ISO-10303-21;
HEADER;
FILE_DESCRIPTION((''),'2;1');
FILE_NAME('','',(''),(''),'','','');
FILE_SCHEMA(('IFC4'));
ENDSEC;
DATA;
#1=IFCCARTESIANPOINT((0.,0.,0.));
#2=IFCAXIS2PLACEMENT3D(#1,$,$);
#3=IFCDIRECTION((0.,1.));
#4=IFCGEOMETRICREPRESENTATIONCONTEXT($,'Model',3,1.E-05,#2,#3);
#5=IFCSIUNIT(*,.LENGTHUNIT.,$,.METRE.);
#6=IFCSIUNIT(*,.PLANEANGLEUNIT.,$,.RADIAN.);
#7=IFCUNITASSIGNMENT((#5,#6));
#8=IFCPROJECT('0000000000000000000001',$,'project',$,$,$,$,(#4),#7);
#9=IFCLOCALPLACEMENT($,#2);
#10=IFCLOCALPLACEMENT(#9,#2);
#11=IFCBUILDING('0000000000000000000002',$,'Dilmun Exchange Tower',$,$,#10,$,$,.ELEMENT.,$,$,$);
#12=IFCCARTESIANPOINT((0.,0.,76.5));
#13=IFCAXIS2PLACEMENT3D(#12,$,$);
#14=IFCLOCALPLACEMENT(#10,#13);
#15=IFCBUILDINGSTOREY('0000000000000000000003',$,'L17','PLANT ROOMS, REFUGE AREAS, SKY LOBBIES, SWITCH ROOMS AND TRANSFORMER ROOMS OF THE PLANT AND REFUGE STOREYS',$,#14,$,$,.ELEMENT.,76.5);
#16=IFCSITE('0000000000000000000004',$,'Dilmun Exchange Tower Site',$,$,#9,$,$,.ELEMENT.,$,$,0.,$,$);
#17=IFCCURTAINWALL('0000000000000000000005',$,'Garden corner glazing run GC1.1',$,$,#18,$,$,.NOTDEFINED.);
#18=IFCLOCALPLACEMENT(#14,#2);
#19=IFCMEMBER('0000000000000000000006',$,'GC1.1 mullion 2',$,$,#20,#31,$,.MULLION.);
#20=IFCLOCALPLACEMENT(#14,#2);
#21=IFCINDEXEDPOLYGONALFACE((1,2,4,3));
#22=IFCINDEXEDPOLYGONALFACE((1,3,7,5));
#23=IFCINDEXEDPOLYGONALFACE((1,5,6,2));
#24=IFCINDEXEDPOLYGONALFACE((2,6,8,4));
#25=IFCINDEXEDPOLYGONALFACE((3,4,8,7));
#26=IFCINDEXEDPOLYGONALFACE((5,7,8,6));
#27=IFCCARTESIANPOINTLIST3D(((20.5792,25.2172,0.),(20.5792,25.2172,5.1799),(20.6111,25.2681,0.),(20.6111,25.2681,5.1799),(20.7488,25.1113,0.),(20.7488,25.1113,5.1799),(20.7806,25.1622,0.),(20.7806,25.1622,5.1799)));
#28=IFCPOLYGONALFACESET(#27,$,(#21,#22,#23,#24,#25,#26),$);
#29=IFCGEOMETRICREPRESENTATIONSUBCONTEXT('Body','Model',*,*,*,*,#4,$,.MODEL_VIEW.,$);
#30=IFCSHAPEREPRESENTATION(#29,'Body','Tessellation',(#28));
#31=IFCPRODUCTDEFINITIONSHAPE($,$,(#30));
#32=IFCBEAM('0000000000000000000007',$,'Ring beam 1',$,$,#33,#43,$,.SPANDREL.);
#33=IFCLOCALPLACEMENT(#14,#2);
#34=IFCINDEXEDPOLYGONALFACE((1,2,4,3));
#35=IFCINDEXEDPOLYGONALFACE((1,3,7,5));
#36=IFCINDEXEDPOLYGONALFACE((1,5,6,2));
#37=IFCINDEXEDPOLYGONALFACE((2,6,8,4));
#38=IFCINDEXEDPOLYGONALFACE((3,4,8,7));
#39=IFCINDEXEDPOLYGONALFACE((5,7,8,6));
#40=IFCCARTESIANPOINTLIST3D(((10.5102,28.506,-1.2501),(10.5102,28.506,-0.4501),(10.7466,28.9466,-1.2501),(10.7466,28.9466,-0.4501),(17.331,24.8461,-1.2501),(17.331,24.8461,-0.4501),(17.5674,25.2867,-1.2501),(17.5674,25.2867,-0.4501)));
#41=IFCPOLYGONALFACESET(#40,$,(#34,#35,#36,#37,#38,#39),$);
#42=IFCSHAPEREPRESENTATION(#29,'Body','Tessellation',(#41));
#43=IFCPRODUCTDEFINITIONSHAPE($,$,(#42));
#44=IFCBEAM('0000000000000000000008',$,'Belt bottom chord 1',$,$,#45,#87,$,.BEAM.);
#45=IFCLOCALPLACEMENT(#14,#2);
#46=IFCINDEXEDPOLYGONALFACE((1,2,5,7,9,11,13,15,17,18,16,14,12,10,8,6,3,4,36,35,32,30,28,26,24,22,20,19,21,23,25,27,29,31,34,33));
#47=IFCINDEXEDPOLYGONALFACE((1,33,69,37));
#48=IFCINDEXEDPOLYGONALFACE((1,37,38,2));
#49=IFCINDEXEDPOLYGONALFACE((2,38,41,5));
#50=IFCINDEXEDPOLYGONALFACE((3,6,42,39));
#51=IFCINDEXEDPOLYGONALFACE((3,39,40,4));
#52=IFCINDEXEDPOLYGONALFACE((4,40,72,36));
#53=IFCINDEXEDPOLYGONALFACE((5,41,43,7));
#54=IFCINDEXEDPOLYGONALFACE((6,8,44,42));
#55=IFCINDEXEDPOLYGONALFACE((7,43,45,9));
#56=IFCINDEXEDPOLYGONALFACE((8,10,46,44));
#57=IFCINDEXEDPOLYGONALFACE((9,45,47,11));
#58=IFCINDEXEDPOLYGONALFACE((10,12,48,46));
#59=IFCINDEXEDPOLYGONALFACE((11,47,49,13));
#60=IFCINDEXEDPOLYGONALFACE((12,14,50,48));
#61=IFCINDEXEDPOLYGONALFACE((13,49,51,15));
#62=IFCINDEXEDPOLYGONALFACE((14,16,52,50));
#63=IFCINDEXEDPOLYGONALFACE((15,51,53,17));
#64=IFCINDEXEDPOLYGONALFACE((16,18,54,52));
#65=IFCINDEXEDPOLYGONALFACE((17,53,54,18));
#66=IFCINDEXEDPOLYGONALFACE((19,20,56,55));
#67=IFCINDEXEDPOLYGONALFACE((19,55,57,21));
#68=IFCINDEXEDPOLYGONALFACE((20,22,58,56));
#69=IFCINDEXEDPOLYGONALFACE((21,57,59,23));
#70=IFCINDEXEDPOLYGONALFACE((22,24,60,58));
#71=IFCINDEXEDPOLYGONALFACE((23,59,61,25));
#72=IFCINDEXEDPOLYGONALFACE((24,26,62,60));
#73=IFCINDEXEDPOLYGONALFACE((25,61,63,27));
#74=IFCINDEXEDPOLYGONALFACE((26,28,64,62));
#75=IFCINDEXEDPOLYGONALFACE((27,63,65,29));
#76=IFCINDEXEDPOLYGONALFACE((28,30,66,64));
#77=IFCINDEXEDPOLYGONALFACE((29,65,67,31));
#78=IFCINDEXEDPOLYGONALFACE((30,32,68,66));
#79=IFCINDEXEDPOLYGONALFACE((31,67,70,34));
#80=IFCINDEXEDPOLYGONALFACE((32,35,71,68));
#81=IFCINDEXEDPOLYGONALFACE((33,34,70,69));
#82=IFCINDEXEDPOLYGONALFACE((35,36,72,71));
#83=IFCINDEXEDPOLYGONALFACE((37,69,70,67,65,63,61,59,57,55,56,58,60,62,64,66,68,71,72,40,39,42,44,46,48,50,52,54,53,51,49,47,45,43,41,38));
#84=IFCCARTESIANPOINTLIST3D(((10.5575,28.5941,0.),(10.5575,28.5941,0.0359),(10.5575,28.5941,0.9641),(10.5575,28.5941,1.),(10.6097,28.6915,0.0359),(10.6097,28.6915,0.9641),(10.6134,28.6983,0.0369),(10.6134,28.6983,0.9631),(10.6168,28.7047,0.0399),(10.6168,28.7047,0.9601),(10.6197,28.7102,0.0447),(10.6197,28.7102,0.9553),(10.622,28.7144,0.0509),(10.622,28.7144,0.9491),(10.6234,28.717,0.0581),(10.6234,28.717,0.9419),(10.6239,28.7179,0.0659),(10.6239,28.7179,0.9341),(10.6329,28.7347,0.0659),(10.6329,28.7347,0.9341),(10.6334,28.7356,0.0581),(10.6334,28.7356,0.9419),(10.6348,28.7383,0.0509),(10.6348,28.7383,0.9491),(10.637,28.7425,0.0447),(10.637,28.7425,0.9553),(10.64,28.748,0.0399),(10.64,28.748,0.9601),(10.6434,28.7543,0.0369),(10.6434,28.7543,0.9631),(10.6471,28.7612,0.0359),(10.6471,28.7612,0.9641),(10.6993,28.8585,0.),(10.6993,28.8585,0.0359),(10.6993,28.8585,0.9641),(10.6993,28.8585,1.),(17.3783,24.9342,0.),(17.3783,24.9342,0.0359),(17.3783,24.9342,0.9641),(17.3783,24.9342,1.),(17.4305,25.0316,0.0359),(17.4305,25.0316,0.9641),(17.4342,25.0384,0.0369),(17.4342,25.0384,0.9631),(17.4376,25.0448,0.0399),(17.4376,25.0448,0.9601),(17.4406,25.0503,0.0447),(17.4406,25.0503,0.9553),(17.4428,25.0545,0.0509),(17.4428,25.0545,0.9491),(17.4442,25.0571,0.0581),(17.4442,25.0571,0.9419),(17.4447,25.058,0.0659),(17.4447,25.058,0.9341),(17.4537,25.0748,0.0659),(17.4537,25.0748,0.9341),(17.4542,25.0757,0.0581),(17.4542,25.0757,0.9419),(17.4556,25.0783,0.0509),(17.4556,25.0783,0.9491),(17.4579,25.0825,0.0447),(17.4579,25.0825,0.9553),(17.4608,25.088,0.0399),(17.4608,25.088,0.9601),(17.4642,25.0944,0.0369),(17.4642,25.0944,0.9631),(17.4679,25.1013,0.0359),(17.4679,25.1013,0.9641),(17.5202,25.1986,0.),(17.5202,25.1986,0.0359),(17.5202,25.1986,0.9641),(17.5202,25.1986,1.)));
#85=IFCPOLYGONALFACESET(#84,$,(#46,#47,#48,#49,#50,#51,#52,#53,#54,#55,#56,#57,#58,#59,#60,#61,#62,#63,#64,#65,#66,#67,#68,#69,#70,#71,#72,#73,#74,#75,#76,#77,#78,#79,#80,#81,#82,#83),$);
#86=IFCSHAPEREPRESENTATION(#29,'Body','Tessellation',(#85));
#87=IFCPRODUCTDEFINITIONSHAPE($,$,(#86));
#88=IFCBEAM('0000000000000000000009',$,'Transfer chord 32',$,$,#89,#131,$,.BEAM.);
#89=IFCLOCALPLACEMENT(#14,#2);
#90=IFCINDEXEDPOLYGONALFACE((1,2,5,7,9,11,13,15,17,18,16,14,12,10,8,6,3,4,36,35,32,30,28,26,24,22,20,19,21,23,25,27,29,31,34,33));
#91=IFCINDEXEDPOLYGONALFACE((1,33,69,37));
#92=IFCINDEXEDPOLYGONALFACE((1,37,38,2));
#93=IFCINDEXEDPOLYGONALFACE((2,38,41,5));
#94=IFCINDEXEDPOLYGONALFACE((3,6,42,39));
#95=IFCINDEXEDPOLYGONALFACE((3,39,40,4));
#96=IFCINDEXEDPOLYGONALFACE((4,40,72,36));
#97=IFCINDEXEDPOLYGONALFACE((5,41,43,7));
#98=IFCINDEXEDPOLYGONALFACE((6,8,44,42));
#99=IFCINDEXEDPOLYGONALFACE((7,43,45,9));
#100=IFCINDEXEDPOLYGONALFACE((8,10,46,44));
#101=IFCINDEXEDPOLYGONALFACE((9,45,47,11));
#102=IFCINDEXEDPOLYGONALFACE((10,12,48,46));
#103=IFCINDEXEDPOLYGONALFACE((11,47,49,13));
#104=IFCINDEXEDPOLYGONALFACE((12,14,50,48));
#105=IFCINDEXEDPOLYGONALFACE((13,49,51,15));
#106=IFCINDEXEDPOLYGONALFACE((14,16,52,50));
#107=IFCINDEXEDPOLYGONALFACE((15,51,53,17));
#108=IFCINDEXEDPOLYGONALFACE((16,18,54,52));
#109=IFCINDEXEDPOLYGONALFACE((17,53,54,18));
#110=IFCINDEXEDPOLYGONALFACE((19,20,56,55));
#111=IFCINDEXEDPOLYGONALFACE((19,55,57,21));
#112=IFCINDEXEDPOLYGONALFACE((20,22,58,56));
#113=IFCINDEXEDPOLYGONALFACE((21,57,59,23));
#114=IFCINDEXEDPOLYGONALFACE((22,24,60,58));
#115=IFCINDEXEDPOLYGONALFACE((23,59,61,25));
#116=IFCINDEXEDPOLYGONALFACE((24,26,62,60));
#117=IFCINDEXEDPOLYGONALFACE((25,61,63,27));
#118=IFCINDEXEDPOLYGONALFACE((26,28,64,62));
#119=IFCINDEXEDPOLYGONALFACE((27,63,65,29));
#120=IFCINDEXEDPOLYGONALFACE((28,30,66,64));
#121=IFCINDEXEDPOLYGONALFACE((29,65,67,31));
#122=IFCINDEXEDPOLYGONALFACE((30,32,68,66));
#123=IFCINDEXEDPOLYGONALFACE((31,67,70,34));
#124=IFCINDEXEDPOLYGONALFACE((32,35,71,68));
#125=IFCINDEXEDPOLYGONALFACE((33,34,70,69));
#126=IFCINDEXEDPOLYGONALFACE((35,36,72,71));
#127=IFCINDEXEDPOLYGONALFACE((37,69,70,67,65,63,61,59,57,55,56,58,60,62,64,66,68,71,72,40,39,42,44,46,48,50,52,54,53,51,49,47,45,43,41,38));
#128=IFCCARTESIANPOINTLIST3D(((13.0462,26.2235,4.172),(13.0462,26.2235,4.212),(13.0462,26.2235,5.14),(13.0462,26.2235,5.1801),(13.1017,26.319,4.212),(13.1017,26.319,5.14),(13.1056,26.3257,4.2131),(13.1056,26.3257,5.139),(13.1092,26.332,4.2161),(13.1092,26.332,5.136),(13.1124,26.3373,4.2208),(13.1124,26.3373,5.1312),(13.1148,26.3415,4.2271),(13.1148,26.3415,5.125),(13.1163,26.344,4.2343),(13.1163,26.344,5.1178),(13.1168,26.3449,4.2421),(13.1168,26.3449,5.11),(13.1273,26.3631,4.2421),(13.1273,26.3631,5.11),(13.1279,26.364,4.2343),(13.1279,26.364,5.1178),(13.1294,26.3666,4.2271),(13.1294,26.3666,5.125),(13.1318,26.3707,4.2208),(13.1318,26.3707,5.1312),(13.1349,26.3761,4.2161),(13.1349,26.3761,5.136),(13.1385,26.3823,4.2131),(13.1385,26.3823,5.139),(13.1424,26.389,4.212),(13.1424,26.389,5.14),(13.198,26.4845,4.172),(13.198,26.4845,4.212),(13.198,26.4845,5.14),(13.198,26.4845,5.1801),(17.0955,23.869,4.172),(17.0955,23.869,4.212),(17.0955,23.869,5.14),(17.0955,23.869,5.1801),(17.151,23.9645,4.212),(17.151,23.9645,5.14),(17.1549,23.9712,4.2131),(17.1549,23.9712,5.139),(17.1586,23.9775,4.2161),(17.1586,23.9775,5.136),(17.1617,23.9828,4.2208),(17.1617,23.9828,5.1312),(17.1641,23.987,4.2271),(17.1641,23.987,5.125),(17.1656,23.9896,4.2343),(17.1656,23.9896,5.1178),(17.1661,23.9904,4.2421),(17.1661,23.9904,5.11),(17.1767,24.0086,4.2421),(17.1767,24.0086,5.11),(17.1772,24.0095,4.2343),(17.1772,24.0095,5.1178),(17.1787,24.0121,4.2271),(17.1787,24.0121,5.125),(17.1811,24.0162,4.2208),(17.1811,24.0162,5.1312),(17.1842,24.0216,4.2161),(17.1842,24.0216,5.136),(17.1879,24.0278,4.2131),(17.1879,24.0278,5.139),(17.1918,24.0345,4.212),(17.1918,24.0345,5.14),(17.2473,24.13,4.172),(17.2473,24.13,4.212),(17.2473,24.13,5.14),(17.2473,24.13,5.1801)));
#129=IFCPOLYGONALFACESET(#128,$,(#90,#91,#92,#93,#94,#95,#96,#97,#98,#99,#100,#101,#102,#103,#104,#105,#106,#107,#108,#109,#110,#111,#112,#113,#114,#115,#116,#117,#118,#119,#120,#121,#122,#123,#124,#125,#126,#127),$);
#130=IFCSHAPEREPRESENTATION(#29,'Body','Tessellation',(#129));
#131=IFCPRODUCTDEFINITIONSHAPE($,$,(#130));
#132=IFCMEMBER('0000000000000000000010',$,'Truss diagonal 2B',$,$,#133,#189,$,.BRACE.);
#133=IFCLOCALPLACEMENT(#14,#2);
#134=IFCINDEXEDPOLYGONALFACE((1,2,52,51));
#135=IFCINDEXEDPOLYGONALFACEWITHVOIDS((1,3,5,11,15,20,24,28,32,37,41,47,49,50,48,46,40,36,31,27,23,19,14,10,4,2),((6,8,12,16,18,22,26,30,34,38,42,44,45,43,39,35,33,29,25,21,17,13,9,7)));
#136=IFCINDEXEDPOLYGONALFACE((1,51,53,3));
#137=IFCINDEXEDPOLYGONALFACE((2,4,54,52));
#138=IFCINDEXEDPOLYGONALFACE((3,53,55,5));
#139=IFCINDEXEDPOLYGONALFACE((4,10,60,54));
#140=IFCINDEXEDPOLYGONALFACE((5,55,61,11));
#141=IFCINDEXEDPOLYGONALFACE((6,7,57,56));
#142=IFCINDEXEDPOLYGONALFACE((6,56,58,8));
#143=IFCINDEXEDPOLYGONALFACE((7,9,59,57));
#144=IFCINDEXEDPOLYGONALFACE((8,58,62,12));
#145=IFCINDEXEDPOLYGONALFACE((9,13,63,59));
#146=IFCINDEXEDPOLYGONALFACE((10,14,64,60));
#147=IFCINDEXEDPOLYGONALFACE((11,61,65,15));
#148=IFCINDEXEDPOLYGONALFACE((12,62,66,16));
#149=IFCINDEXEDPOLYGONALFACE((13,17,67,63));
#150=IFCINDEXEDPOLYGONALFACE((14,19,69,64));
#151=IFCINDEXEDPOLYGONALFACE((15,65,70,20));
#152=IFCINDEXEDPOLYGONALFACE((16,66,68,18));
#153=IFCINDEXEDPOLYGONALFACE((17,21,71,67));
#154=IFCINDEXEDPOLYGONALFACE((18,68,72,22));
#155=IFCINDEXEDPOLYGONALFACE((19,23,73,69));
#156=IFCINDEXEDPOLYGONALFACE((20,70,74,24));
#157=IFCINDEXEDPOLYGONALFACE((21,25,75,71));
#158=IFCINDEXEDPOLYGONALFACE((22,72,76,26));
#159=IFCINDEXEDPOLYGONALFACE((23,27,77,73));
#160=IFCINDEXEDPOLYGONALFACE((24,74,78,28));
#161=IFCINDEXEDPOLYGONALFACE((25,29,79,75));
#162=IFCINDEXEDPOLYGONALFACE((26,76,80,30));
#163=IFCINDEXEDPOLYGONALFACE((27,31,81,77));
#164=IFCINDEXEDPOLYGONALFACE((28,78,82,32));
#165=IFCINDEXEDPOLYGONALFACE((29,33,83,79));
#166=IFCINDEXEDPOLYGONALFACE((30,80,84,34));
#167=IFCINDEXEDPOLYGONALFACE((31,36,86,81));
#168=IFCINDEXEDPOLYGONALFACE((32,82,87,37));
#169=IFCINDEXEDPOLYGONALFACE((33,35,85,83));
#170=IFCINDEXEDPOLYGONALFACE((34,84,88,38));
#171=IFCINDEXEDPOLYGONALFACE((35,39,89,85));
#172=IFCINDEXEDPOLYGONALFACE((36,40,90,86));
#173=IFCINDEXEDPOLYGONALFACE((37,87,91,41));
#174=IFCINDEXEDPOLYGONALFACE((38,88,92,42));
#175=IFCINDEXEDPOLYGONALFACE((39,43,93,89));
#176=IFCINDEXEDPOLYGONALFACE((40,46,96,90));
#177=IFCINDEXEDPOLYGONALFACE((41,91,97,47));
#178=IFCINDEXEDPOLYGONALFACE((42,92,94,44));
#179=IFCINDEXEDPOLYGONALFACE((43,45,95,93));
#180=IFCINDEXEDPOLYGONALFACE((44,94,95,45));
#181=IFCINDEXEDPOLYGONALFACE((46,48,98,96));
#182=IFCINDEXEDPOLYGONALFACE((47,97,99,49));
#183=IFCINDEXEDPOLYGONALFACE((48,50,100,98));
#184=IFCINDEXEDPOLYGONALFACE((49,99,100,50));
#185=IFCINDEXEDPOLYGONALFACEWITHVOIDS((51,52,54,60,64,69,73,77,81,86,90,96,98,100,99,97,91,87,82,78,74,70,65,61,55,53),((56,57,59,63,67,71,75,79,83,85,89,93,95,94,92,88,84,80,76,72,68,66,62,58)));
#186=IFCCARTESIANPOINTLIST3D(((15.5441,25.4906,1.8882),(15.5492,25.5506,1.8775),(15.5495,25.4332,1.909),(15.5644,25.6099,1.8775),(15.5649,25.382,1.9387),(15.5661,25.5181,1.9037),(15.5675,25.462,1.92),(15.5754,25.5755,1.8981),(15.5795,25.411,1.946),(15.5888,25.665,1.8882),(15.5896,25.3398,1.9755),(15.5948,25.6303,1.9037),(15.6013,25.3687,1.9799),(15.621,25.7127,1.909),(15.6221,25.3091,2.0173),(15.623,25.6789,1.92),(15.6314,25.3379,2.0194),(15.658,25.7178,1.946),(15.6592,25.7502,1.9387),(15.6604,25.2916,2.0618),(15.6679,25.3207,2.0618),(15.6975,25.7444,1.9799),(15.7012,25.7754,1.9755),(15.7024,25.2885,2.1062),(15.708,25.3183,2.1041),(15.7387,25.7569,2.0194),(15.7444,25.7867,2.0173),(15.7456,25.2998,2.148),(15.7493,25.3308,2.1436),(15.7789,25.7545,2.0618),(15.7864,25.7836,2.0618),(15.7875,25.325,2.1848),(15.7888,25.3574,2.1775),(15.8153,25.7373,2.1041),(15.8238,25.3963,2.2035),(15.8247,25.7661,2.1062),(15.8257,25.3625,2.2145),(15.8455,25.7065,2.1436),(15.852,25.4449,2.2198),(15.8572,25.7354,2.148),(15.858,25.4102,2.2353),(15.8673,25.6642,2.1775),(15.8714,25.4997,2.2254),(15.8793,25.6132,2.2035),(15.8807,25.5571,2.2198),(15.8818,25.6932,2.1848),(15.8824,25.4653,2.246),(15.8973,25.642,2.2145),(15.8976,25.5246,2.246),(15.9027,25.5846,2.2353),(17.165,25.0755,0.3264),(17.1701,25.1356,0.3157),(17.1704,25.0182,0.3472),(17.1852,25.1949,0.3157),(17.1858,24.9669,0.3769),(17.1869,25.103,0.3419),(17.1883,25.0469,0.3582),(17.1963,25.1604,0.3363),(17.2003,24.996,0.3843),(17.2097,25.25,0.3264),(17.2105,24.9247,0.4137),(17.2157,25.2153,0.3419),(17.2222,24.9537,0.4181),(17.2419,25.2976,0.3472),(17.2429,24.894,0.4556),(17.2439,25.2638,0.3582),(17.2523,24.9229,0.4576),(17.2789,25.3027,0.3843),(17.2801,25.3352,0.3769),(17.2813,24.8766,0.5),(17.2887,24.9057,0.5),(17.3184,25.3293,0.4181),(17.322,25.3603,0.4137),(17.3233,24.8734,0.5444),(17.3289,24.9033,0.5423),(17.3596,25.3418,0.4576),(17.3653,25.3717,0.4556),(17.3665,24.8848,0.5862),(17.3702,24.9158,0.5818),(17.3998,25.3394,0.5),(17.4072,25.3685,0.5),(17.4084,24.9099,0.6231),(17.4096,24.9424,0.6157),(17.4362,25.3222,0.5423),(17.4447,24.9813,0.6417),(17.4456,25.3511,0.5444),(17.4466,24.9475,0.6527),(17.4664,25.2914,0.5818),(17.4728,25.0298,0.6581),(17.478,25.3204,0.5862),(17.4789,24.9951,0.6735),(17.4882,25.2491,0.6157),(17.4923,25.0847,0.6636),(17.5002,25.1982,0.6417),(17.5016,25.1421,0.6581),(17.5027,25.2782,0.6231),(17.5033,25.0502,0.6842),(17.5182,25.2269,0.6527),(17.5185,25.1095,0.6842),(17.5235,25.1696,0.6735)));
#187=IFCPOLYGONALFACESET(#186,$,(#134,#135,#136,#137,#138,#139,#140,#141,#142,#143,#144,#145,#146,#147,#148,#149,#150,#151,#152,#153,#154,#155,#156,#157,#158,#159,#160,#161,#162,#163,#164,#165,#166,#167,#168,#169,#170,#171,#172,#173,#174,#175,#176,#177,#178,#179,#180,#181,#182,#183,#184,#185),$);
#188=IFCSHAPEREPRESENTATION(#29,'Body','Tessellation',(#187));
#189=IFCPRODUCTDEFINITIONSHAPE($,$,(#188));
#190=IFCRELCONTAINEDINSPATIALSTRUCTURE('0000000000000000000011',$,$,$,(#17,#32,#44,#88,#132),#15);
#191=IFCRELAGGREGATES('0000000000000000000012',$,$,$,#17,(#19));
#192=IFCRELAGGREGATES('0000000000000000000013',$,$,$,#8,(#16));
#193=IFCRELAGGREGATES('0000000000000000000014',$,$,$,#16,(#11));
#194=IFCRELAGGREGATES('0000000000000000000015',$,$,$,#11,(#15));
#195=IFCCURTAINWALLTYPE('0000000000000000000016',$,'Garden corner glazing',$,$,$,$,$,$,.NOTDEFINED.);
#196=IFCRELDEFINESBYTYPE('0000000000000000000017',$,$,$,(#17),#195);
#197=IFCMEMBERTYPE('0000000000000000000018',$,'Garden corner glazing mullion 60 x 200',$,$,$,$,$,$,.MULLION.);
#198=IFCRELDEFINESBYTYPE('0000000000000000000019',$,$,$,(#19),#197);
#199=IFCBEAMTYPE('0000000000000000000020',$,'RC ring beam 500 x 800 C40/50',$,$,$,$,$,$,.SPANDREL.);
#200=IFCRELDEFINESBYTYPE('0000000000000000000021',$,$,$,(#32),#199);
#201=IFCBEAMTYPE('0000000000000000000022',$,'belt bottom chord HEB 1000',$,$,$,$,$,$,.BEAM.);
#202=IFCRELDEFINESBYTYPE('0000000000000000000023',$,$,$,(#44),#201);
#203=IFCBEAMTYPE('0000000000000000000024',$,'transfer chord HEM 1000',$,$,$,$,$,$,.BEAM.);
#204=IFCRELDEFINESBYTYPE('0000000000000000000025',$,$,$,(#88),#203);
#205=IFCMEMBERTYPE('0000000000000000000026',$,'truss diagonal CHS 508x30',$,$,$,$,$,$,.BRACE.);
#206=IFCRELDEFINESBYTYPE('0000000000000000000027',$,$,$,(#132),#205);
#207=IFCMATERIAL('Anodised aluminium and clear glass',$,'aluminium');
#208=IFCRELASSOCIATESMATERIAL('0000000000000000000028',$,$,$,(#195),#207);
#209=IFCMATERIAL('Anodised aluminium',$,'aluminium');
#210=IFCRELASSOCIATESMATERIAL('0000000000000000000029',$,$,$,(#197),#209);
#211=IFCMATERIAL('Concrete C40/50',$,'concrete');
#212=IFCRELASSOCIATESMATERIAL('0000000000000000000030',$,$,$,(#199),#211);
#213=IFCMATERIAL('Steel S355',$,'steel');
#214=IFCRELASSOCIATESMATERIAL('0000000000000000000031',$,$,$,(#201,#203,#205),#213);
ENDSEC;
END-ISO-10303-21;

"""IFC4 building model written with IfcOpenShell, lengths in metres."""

from ifc_helpers import new_model, si_unit, direction, frame, origin, origin_2d, place, context, subcontext, project, spatial, rectangle, hollow_circle, i_section, extrude, material, material_profile, profile_set, type_object, element, aggregate, save


model = new_model("IFC4")

# Units and contexts
model_context = context("Model", 3, precision=1e-05, world=origin(), true_north=direction((0.0, 1.0)))
body_context = subcontext(model_context, "Body", "Model", "MODEL_VIEW")
ifc_project = project(units=[si_unit("LENGTHUNIT", "METRE"), si_unit("PLANEANGLEUNIT", "RADIAN")], contexts=[model_context])

# Site, building, storey
site_placement = place(None, origin())
site = spatial("IfcSite", under=ifc_project, at=site_placement, Name="Dilmun Exchange Tower Site", CompositionType="ELEMENT", RefElevation=0.0)
building_placement = place(site_placement, origin())
building = spatial("IfcBuilding", under=site, at=building_placement, Name="Dilmun Exchange Tower", CompositionType="ELEMENT")
storey_placement = place(building_placement, frame((0.0, 0.0, 76.5)))
storey = spatial("IfcBuildingStorey", under=building, at=storey_placement, Name="L17", Description="PLANT ROOMS, REFUGE AREAS, SKY LOBBIES, SWITCH ROOMS AND TRANSFORMER ROOMS OF THE PLANT AND REFUGE STOREYS", CompositionType="ELEMENT", Elevation=76.5)

# Curtain wall, member
ifc_material_1 = material(Name="Anodised aluminium and clear glass", Category="aluminium")
curtain_wall_type = type_object("IfcCurtainWallType", Name="Garden corner glazing", PredefinedType="NOTDEFINED", material=ifc_material_1)
curtain_wall_placement = place(storey_placement, origin())
curtain_wall = element("IfcCurtainWall", 1, at=curtain_wall_placement, inside=storey, type_object=curtain_wall_type, Name="Garden corner glazing run GC1.1", PredefinedType="NOTDEFINED")
ifc_material_2 = material(Name="Anodised aluminium", Category="aluminium")
ifc_material_profile_1 = material_profile(ifc_material_2, rectangle(XDim=0.2, YDim=0.0601, at=origin_2d()), Name="AL 60x200")
ifc_profile_set_1 = profile_set([ifc_material_profile_1], Name="Anodised aluminium")
member_type_1 = type_object("IfcMemberType", Name="Garden corner glazing mullion 60 x 200", PredefinedType="MULLION", material=ifc_profile_set_1)
member_1_placement = place(storey_placement, frame((20.6799, 25.1897, 0.0), z_axis=(0.0, 0.0, 1.0), x_axis=(0.84805, -0.529917, 0.0)))
member_1 = element("IfcMember", 2, at=member_1_placement, type_object=member_type_1, Name="GC1.1 mullion 2", PredefinedType="MULLION", context=body_context, shape_type="SweptSolid", body=[
    extrude(rectangle(XDim=0.2, YDim=0.0601, at=origin_2d()), origin(), (0.0, 0.0, 1.0), 5.1799),
])
aggregate(curtain_wall, [member_1])

# Beams
ifc_material_3 = material(Name="Concrete C40/50", Category="concrete")
ifc_material_profile_2 = material_profile(ifc_material_3, rectangle(XDim=0.5, YDim=0.8, at=origin_2d()), Name="500 x 800")
ifc_profile_set_2 = profile_set([ifc_material_profile_2], Name="Concrete C40/50")
beam_type_1 = type_object("IfcBeamType", Name="RC ring beam 500 x 800 C40/50", PredefinedType="SPANDREL", material=ifc_profile_set_2)
beam_1_placement = place(storey_placement, frame((17.4492, 25.0664, -0.8501), z_axis=(-0.881162, 0.472815, 0.0), x_axis=(-0.472815, -0.881162, 0.0)))
element("IfcBeam", 3, at=beam_1_placement, inside=storey, type_object=beam_type_1, Name="Ring beam 1", PredefinedType="SPANDREL", context=body_context, shape_type="SweptSolid", body=[
    extrude(rectangle(XDim=0.5, YDim=0.8, at=origin_2d()), origin(), (0.0, 0.0, 1.0), 7.7407),
])
ifc_material_4 = material(Name="Steel S355", Category="steel")
ifc_material_profile_3 = material_profile(ifc_material_4, i_section(OverallWidth=0.3, OverallDepth=1.0, WebThickness=0.019, FlangeThickness=0.0359, FilletRadius=0.03, at=origin_2d()), Name="HEB 1000")
ifc_profile_set_3 = profile_set([ifc_material_profile_3], Name="Steel S355")
beam_type_2 = type_object("IfcBeamType", Name="belt bottom chord HEB 1000", PredefinedType="BEAM", material=ifc_profile_set_3)
beam_2_placement = place(storey_placement, frame((17.4492, 25.0664, 0.5), z_axis=(-0.881162, 0.472815, 0.0), x_axis=(-0.472815, -0.881162, 0.0)))
element("IfcBeam", 4, at=beam_2_placement, inside=storey, type_object=beam_type_2, Name="Belt bottom chord 1", PredefinedType="BEAM", context=body_context, shape_type="SweptSolid", body=[
    extrude(i_section(OverallWidth=0.3, OverallDepth=1.0, WebThickness=0.019, FlangeThickness=0.0359, FilletRadius=0.03, at=origin_2d()), origin(), (0.0, 0.0, 1.0), 7.7407),
])
ifc_material_profile_4 = material_profile(ifc_material_4, i_section(OverallWidth=0.302, OverallDepth=1.0081, WebThickness=0.021, FlangeThickness=0.04, FilletRadius=0.03, at=origin_2d()), Name="HEM 1000")
ifc_profile_set_4 = profile_set([ifc_material_profile_4], Name="Steel S355")
beam_type_3 = type_object("IfcBeamType", Name="transfer chord HEM 1000", PredefinedType="BEAM", material=ifc_profile_set_4)
beam_3_placement = place(storey_placement, frame((17.1714, 23.9995, 4.676), z_axis=(-0.864485, 0.502659, 0.0), x_axis=(-0.502659, -0.864485, 0.0)))
element("IfcBeam", 5, at=beam_3_placement, inside=storey, type_object=beam_type_3, Name="Transfer chord 32", PredefinedType="BEAM", context=body_context, shape_type="SweptSolid", body=[
    extrude(i_section(OverallWidth=0.302, OverallDepth=1.0081, WebThickness=0.021, FlangeThickness=0.04, FilletRadius=0.03, at=origin_2d()), origin(), (0.0, 0.0, 1.0), 4.6841),
])

# Member
ifc_material_profile_5 = material_profile(ifc_material_4, hollow_circle(Radius=0.2539, WallThickness=0.03, at=origin_2d()), Name="CHS 508x30")
ifc_profile_set_5 = profile_set([ifc_material_profile_5], Name="Steel S355")
member_type_2 = type_object("IfcMemberType", Name="truss diagonal CHS 508x30", PredefinedType="BRACE", material=ifc_profile_set_5)
member_2_placement = place(storey_placement, frame((15.7234, 25.5376, 2.0618), z_axis=(0.708171, -0.181336, -0.682357), x_axis=(0.248059, 0.968745, 0.0)))
element("IfcMember", 6, at=member_2_placement, inside=storey, type_object=member_type_2, Name="Truss diagonal 2B", PredefinedType="BRACE", context=body_context, shape_type="SweptSolid", body=[
    extrude(hollow_circle(Radius=0.2539, WallThickness=0.03, at=origin_2d()), origin(), (0.0, 0.0, 1.0), 2.2888),
])

save(model, "model.ifc")
